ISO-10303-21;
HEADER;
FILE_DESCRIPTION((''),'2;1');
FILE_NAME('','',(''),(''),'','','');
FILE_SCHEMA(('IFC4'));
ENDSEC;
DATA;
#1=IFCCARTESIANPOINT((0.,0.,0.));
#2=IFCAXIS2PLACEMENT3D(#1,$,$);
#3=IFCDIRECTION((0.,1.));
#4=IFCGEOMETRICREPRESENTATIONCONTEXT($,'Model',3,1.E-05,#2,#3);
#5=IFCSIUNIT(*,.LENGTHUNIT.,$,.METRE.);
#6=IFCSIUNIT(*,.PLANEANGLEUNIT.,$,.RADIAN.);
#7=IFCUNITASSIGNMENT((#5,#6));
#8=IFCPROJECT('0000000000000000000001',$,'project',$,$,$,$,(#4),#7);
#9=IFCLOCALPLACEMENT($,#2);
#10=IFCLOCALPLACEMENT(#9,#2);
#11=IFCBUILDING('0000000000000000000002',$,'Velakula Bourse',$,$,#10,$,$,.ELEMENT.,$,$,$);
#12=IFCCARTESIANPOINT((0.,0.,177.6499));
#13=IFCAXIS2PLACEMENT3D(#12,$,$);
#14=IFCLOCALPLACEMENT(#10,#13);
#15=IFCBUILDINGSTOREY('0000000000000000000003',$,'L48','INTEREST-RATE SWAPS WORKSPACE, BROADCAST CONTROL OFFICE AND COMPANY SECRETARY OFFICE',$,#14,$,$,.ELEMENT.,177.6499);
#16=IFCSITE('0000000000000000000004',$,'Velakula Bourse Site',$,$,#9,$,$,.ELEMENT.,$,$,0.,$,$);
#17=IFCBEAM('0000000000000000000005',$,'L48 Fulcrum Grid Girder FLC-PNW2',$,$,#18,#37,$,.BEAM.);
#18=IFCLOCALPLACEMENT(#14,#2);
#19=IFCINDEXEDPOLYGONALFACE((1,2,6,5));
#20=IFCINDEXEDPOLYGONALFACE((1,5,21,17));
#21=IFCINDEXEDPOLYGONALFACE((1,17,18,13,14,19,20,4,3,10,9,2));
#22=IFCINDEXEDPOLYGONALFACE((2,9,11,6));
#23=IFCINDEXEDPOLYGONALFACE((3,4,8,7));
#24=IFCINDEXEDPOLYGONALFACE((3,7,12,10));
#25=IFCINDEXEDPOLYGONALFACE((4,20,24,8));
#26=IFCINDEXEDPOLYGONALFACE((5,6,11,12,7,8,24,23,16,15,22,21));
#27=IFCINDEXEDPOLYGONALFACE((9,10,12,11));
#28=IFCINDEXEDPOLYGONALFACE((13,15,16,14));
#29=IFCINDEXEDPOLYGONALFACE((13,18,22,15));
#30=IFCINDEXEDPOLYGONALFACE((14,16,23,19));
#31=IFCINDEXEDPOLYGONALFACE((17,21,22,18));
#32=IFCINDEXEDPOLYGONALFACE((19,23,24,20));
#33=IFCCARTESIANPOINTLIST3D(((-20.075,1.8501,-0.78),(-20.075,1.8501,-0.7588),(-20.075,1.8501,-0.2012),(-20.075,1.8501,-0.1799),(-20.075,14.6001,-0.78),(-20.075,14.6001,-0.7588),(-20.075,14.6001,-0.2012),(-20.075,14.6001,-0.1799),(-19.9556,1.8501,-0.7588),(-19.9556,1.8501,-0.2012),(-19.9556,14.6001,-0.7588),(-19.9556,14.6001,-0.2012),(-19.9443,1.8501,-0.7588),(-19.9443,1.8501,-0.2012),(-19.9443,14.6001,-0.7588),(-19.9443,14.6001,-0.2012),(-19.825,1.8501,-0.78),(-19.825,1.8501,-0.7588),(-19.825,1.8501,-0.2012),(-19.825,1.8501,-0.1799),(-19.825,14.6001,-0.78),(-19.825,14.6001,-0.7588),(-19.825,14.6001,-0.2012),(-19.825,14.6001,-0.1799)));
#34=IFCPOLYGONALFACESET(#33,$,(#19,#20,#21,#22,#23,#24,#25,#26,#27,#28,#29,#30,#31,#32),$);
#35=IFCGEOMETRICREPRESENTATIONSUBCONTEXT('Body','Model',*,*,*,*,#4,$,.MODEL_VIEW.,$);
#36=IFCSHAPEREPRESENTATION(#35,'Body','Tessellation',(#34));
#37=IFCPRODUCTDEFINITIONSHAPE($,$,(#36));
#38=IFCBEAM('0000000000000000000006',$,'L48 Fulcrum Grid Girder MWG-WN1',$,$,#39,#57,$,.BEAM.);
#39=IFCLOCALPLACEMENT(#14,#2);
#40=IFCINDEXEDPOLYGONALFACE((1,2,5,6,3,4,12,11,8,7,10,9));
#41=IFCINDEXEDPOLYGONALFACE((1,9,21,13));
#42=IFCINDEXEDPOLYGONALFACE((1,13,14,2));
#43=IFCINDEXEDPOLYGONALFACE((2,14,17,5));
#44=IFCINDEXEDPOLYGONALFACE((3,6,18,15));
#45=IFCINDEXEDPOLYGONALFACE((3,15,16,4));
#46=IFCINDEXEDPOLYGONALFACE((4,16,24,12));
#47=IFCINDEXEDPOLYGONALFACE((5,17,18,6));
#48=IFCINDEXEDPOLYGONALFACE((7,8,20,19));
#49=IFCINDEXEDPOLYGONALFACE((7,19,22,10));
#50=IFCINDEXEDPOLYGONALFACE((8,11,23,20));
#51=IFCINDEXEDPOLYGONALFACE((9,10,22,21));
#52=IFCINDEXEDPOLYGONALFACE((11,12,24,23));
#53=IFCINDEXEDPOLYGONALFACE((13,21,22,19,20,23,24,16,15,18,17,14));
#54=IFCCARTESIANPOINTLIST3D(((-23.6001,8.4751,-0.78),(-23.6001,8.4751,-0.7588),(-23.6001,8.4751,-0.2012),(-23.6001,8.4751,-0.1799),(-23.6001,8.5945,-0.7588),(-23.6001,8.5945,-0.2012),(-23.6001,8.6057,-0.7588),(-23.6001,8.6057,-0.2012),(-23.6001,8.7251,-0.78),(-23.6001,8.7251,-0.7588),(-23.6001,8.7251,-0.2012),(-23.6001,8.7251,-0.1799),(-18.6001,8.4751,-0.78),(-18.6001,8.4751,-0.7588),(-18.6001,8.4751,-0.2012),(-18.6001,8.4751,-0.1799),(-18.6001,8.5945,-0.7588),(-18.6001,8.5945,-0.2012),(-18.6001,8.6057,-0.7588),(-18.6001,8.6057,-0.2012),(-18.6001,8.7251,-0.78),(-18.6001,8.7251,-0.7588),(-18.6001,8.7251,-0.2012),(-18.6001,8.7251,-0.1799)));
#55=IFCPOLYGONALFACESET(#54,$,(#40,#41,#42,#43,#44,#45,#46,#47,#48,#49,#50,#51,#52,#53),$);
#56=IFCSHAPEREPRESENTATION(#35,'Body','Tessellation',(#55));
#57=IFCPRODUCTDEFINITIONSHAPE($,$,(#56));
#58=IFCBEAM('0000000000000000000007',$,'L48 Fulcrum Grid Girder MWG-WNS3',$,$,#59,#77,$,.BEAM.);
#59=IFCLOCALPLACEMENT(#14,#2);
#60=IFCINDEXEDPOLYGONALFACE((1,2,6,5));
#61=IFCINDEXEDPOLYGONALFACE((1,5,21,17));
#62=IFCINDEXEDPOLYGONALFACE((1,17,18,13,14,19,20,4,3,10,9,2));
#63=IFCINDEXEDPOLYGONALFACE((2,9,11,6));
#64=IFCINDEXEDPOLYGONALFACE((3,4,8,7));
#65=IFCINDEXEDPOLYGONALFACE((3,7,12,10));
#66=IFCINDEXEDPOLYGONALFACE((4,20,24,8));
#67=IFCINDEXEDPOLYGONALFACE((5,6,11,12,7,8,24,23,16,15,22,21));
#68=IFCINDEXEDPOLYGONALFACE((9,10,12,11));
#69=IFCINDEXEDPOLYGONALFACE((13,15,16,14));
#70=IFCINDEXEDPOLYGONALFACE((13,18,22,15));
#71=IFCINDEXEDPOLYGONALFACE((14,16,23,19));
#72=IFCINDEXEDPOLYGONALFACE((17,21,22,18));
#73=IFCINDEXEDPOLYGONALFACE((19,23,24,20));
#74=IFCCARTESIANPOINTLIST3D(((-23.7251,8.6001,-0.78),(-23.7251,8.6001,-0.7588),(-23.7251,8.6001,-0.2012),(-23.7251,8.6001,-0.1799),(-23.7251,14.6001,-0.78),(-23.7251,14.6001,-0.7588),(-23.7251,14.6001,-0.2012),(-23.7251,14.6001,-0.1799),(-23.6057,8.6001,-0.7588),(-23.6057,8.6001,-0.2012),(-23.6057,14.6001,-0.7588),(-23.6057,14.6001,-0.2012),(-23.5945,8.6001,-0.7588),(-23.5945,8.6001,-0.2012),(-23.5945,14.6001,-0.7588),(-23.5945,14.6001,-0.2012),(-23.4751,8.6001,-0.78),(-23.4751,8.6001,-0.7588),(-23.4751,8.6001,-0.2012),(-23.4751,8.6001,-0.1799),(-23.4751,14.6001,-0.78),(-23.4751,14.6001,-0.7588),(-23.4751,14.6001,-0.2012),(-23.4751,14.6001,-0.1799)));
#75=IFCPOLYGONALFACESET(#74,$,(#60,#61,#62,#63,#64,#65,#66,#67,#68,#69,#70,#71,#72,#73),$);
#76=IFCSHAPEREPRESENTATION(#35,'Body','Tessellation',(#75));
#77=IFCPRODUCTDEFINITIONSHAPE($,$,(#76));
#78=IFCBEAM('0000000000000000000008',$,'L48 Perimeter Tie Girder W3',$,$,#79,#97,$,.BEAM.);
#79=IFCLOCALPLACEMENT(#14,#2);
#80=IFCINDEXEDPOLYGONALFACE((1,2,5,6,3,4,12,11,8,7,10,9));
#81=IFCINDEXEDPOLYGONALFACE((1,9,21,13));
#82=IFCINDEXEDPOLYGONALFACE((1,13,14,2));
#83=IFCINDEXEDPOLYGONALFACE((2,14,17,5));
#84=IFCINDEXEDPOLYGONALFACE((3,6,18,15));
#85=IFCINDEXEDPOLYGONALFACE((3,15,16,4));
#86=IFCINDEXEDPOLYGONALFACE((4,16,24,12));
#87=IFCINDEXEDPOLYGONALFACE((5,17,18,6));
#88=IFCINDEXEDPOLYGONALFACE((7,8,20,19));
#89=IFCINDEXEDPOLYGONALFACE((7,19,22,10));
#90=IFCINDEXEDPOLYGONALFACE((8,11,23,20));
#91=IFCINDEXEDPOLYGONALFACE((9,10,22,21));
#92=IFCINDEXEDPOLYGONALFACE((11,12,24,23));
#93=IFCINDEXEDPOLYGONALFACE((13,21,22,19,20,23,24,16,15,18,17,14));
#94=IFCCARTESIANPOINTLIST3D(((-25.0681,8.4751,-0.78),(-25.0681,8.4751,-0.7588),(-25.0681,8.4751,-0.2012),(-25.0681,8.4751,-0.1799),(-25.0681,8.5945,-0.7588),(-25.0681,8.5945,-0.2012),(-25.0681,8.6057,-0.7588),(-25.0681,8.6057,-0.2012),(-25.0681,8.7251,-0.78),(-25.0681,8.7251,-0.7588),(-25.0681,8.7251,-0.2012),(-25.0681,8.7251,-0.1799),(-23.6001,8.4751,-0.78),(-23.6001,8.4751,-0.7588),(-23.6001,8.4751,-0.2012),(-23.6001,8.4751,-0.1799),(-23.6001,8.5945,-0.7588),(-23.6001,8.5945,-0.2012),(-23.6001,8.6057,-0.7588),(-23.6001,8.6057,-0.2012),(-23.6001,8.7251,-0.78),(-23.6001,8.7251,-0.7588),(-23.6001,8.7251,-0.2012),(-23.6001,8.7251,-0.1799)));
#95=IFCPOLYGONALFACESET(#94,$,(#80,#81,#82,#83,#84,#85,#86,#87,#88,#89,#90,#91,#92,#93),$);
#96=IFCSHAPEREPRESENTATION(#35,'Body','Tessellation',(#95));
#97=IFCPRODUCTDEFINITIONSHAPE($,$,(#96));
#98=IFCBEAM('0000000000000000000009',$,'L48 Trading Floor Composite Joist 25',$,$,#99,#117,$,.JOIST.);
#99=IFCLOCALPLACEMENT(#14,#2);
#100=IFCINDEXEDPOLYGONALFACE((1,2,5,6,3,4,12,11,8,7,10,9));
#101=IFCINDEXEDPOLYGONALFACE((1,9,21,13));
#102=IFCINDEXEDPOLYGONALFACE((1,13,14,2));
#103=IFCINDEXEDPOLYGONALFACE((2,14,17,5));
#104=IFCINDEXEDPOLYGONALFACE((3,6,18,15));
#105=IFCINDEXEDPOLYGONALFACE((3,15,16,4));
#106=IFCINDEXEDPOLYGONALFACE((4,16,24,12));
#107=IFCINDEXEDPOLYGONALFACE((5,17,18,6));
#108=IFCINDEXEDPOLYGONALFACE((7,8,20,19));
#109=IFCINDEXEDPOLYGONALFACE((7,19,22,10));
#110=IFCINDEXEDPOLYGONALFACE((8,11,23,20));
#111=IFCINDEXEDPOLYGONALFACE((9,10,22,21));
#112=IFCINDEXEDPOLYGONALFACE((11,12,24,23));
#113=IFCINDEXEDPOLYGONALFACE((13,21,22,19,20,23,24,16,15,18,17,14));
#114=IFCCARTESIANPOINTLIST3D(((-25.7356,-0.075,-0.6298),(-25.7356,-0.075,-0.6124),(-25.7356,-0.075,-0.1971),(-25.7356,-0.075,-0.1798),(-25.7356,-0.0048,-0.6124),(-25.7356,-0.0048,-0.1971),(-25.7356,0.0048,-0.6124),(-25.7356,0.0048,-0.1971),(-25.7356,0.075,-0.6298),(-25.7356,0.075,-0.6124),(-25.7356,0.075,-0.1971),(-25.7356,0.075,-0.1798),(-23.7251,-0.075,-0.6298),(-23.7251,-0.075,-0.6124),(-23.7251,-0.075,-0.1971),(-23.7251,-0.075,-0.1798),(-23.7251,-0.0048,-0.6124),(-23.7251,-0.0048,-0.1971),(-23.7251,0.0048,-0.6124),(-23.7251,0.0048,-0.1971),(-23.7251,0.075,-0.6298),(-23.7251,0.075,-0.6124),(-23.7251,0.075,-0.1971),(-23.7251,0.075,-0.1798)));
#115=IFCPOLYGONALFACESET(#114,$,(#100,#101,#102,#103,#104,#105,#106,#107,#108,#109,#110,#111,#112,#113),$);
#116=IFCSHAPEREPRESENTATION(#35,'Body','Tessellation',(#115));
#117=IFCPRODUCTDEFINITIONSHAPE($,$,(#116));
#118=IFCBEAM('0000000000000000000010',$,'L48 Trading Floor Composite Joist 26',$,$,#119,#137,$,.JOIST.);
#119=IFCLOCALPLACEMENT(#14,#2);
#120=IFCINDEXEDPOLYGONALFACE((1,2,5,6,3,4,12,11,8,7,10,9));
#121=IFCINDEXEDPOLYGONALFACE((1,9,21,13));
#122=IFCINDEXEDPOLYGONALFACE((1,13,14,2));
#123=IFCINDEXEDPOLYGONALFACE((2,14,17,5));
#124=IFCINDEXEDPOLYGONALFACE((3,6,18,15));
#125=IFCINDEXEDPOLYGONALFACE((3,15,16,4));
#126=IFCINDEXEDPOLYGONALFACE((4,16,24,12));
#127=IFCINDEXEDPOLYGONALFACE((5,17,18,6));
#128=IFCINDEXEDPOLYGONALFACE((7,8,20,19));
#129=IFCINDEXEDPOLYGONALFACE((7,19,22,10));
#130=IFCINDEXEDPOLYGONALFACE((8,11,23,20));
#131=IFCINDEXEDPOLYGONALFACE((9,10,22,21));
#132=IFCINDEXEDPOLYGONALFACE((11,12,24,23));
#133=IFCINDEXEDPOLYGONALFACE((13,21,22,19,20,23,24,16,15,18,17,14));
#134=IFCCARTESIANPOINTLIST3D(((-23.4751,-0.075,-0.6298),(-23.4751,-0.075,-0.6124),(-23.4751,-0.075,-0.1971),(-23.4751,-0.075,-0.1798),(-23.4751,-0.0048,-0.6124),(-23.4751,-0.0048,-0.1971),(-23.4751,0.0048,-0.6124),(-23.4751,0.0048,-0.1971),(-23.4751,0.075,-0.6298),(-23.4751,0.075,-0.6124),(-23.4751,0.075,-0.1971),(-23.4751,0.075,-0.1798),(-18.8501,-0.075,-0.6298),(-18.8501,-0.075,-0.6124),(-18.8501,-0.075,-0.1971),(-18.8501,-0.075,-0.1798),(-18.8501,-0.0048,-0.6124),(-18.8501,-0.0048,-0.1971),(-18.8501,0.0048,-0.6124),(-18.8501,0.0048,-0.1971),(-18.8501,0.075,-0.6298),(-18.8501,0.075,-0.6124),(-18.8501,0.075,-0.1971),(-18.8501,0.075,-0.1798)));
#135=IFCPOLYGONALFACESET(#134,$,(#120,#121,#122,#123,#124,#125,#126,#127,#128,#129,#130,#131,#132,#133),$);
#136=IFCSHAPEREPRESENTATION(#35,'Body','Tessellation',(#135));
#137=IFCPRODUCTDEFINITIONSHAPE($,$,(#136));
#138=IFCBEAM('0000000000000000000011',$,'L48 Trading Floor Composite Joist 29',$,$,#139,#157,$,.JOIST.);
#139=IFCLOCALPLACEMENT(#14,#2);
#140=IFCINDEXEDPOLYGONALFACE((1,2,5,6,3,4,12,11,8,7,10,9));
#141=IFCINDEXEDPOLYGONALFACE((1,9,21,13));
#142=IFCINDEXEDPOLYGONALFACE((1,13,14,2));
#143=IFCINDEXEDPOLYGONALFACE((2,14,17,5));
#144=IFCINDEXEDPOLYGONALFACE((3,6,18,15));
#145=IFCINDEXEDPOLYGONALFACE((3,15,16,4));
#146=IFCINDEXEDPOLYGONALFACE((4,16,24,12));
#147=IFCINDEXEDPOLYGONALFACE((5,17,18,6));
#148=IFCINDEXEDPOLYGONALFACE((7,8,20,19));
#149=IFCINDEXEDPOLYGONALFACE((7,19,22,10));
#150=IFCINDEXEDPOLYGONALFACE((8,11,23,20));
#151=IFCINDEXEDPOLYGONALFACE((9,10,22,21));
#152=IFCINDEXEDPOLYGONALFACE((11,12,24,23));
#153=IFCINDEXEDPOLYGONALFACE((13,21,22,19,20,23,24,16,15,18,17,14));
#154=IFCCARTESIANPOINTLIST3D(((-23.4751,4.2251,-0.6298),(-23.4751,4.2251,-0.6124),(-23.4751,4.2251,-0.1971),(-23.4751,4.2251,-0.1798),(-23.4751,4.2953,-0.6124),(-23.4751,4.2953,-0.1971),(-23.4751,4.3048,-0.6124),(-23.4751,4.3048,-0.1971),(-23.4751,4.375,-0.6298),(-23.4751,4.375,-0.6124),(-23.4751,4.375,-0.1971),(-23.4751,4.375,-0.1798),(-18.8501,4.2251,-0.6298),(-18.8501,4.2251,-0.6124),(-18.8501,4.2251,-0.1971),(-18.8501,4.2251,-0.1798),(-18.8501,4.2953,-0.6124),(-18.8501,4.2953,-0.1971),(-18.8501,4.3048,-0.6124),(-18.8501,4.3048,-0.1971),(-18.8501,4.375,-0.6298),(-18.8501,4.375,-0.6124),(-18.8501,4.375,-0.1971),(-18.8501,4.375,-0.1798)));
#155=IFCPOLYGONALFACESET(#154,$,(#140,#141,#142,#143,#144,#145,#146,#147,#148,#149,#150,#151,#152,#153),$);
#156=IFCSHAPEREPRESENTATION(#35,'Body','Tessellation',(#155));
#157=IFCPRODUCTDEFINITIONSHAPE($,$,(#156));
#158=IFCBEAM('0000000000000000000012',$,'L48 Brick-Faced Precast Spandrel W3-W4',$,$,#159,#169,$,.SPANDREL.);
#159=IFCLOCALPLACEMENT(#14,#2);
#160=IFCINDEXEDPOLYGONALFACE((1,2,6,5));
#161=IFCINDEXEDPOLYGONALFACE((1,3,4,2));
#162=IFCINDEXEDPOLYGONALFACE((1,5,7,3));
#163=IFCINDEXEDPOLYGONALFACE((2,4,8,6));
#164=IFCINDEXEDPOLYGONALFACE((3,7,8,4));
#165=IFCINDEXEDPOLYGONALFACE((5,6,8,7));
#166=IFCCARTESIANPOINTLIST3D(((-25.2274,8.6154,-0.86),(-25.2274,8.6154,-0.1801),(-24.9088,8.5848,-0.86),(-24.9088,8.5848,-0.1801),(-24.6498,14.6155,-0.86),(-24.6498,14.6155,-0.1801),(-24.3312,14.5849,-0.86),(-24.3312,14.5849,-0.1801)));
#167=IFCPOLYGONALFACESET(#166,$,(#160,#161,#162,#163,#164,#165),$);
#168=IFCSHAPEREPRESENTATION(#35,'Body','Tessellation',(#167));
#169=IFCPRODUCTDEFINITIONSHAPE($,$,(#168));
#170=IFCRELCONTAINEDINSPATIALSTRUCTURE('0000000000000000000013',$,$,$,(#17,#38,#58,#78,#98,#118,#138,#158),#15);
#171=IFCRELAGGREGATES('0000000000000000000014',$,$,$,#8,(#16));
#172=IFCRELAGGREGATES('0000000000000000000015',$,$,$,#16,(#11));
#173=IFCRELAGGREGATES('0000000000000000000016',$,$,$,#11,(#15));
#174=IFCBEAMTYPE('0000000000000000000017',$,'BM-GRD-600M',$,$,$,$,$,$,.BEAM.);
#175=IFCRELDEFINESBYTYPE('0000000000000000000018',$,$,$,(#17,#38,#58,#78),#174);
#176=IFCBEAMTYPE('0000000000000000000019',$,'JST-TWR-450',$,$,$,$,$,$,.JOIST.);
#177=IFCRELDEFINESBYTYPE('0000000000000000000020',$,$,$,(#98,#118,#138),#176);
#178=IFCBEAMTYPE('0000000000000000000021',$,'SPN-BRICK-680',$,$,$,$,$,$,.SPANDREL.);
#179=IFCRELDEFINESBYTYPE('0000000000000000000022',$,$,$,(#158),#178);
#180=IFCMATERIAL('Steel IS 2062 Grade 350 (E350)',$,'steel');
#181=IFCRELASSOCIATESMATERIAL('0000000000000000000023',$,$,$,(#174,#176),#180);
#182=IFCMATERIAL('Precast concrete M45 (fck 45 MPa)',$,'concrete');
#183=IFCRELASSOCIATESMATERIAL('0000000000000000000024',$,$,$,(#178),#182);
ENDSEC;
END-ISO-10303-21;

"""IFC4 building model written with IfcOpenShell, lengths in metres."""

from ifc_helpers import new_model, si_unit, direction, frame, origin, origin_2d, place, context, subcontext, project, spatial, rectangle, i_section, extrude, material, material_profile, profile_set, type_object, element, save


model = new_model("IFC4")

# Units and contexts
model_context = context("Model", 3, precision=1e-05, world=origin(), true_north=direction((0.0, 1.0)))
body_context = subcontext(model_context, "Body", "Model", "MODEL_VIEW")
ifc_project = project(units=[si_unit("LENGTHUNIT", "METRE"), si_unit("PLANEANGLEUNIT", "RADIAN")], contexts=[model_context])

# Site, building, storey
site_placement = place(None, origin())
site = spatial("IfcSite", under=ifc_project, at=site_placement, Name="Velakula Bourse Site", CompositionType="ELEMENT", RefElevation=0.0)
building_placement = place(site_placement, origin())
building = spatial("IfcBuilding", under=site, at=building_placement, Name="Velakula Bourse", CompositionType="ELEMENT")
storey_placement = place(building_placement, frame((0.0, 0.0, 177.6499)))
storey = spatial("IfcBuildingStorey", under=building, at=storey_placement, Name="L48", Description="INTEREST-RATE SWAPS WORKSPACE, BROADCAST CONTROL OFFICE AND COMPANY SECRETARY OFFICE", CompositionType="ELEMENT", Elevation=177.6499)

# Shared definitions
ifc_material_1 = material(Name="Steel IS 2062 Grade 350 (E350)", Category="steel")

# Beams
ifc_material_profile_1 = material_profile(ifc_material_1, i_section(OverallWidth=0.25, OverallDepth=0.6001, WebThickness=0.0112, FlangeThickness=0.0212, at=origin_2d()), Name="Steel IS 2062 Grade 350 (E350)")
ifc_profile_set_1 = profile_set([ifc_material_profile_1], Name="Steel IS 2062 Grade 350 (E350)")
beam_type_1 = type_object("IfcBeamType", Name="BM-GRD-600M", PredefinedType="BEAM", material=ifc_profile_set_1)
for number, where, z_axis, x_axis, name in (
    (1, (-19.95, 1.8501, -0.48), (0.0, 1.0, 0.0), (-1.0, 0.0, 0.0), "L48 Fulcrum Grid Girder FLC-PNW2"),
):
    element("IfcBeam", number, at=place(storey_placement, frame(where, z_axis=z_axis, x_axis=x_axis)), inside=storey, type_object=beam_type_1, Name=name, PredefinedType="BEAM", context=body_context, shape_type="SweptSolid", body=[
        extrude(i_section(OverallWidth=0.25, OverallDepth=0.6001, WebThickness=0.0112, FlangeThickness=0.0212, at=origin_2d()), origin(), (0.0, 0.0, 1.0), 12.75),
    ])
beam_1_placement = place(storey_placement, frame((-23.6001, 8.6001, -0.48), z_axis=(1.0, 0.0, 0.0), x_axis=(0.0, 1.0, 0.0)))
element("IfcBeam", 2, at=beam_1_placement, inside=storey, type_object=beam_type_1, Name="L48 Fulcrum Grid Girder MWG-WN1", PredefinedType="BEAM", context=body_context, shape_type="SweptSolid", body=[
    extrude(i_section(OverallWidth=0.25, OverallDepth=0.6001, WebThickness=0.0112, FlangeThickness=0.0212, at=origin_2d()), origin(), (0.0, 0.0, 1.0), 5.0),
])
beam_2_placement = place(storey_placement, frame((-23.6001, 8.6001, -0.48), z_axis=(0.0, 1.0, 0.0), x_axis=(-1.0, 0.0, 0.0)))
element("IfcBeam", 3, at=beam_2_placement, inside=storey, type_object=beam_type_1, Name="L48 Fulcrum Grid Girder MWG-WNS3", PredefinedType="BEAM", context=body_context, shape_type="SweptSolid", body=[
    extrude(i_section(OverallWidth=0.25, OverallDepth=0.6001, WebThickness=0.0112, FlangeThickness=0.0212, at=origin_2d()), origin(), (0.0, 0.0, 1.0), 6.0),
])
beam_3_placement = place(storey_placement, frame((-23.6001, 8.6001, -0.48), z_axis=(-1.0, 0.0, 0.0), x_axis=(0.0, -1.0, 0.0)))
element("IfcBeam", 4, at=beam_3_placement, inside=storey, type_object=beam_type_1, Name="L48 Perimeter Tie Girder W3", PredefinedType="BEAM", context=body_context, shape_type="SweptSolid", body=[
    extrude(i_section(OverallWidth=0.25, OverallDepth=0.6001, WebThickness=0.0112, FlangeThickness=0.0212, at=origin_2d()), origin(), (0.0, 0.0, 1.0), 1.468),
])
ifc_material_profile_2 = material_profile(ifc_material_1, i_section(OverallWidth=0.1499, OverallDepth=0.45, WebThickness=0.0095, FlangeThickness=0.0173, at=origin_2d()), Name="Steel IS 2062 Grade 350 (E350)")
ifc_profile_set_2 = profile_set([ifc_material_profile_2], Name="Steel IS 2062 Grade 350 (E350)")
beam_type_2 = type_object("IfcBeamType", Name="JST-TWR-450", PredefinedType="JOIST", material=ifc_profile_set_2)
beam_4_placement = place(storey_placement, frame((-25.7356, 0.0, -0.4048), z_axis=(1.0, 0.0, 0.0), x_axis=(0.0, 1.0, 0.0)))
element("IfcBeam", 5, at=beam_4_placement, inside=storey, type_object=beam_type_2, Name="L48 Trading Floor Composite Joist 25", PredefinedType="JOIST", context=body_context, shape_type="SweptSolid", body=[
    extrude(i_section(OverallWidth=0.1499, OverallDepth=0.45, WebThickness=0.0095, FlangeThickness=0.0173, at=origin_2d()), origin(), (0.0, 0.0, 1.0), 2.0105),
])
for number, where, z_axis, x_axis, name in (
    (6, (-23.4751, 0.0, -0.4048), (1.0, 0.0, 0.0), (0.0, 1.0, 0.0), "L48 Trading Floor Composite Joist 26"),
    (7, (-23.4751, 4.3, -0.4048), (1.0, 0.0, 0.0), (0.0, 1.0, 0.0), "L48 Trading Floor Composite Joist 29"),
):
    element("IfcBeam", number, at=place(storey_placement, frame(where, z_axis=z_axis, x_axis=x_axis)), inside=storey, type_object=beam_type_2, Name=name, PredefinedType="JOIST", context=body_context, shape_type="SweptSolid", body=[
        extrude(i_section(OverallWidth=0.1499, OverallDepth=0.45, WebThickness=0.0095, FlangeThickness=0.0173, at=origin_2d()), origin(), (0.0, 0.0, 1.0), 4.625),
    ])
ifc_material_2 = material(Name="Precast concrete M45 (fck 45 MPa)", Category="concrete")
ifc_material_profile_3 = material_profile(ifc_material_2, rectangle(XDim=0.3201, YDim=0.6799, at=origin_2d()), Name="Precast concrete M45 (fck 45 MPa)")
ifc_profile_set_3 = profile_set([ifc_material_profile_3], Name="Precast concrete M45 (fck 45 MPa)")
beam_type_3 = type_object("IfcBeamType", Name="SPN-BRICK-680", PredefinedType="SPANDREL", material=ifc_profile_set_3)
beam_5_placement = place(storey_placement, frame((-25.0681, 8.6001, -0.52), z_axis=(0.09583, 0.995398, 0.0), x_axis=(-0.995398, 0.09583, 0.0)))
element("IfcBeam", 8, at=beam_5_placement, inside=storey, type_object=beam_type_3, Name="L48 Brick-Faced Precast Spandrel W3-W4", PredefinedType="SPANDREL", context=body_context, shape_type="SweptSolid", body=[
    extrude(rectangle(XDim=0.3201, YDim=0.6799, at=origin_2d()), origin(), (0.0, 0.0, 1.0), 6.0278),
])

save(model, "model.ifc")
